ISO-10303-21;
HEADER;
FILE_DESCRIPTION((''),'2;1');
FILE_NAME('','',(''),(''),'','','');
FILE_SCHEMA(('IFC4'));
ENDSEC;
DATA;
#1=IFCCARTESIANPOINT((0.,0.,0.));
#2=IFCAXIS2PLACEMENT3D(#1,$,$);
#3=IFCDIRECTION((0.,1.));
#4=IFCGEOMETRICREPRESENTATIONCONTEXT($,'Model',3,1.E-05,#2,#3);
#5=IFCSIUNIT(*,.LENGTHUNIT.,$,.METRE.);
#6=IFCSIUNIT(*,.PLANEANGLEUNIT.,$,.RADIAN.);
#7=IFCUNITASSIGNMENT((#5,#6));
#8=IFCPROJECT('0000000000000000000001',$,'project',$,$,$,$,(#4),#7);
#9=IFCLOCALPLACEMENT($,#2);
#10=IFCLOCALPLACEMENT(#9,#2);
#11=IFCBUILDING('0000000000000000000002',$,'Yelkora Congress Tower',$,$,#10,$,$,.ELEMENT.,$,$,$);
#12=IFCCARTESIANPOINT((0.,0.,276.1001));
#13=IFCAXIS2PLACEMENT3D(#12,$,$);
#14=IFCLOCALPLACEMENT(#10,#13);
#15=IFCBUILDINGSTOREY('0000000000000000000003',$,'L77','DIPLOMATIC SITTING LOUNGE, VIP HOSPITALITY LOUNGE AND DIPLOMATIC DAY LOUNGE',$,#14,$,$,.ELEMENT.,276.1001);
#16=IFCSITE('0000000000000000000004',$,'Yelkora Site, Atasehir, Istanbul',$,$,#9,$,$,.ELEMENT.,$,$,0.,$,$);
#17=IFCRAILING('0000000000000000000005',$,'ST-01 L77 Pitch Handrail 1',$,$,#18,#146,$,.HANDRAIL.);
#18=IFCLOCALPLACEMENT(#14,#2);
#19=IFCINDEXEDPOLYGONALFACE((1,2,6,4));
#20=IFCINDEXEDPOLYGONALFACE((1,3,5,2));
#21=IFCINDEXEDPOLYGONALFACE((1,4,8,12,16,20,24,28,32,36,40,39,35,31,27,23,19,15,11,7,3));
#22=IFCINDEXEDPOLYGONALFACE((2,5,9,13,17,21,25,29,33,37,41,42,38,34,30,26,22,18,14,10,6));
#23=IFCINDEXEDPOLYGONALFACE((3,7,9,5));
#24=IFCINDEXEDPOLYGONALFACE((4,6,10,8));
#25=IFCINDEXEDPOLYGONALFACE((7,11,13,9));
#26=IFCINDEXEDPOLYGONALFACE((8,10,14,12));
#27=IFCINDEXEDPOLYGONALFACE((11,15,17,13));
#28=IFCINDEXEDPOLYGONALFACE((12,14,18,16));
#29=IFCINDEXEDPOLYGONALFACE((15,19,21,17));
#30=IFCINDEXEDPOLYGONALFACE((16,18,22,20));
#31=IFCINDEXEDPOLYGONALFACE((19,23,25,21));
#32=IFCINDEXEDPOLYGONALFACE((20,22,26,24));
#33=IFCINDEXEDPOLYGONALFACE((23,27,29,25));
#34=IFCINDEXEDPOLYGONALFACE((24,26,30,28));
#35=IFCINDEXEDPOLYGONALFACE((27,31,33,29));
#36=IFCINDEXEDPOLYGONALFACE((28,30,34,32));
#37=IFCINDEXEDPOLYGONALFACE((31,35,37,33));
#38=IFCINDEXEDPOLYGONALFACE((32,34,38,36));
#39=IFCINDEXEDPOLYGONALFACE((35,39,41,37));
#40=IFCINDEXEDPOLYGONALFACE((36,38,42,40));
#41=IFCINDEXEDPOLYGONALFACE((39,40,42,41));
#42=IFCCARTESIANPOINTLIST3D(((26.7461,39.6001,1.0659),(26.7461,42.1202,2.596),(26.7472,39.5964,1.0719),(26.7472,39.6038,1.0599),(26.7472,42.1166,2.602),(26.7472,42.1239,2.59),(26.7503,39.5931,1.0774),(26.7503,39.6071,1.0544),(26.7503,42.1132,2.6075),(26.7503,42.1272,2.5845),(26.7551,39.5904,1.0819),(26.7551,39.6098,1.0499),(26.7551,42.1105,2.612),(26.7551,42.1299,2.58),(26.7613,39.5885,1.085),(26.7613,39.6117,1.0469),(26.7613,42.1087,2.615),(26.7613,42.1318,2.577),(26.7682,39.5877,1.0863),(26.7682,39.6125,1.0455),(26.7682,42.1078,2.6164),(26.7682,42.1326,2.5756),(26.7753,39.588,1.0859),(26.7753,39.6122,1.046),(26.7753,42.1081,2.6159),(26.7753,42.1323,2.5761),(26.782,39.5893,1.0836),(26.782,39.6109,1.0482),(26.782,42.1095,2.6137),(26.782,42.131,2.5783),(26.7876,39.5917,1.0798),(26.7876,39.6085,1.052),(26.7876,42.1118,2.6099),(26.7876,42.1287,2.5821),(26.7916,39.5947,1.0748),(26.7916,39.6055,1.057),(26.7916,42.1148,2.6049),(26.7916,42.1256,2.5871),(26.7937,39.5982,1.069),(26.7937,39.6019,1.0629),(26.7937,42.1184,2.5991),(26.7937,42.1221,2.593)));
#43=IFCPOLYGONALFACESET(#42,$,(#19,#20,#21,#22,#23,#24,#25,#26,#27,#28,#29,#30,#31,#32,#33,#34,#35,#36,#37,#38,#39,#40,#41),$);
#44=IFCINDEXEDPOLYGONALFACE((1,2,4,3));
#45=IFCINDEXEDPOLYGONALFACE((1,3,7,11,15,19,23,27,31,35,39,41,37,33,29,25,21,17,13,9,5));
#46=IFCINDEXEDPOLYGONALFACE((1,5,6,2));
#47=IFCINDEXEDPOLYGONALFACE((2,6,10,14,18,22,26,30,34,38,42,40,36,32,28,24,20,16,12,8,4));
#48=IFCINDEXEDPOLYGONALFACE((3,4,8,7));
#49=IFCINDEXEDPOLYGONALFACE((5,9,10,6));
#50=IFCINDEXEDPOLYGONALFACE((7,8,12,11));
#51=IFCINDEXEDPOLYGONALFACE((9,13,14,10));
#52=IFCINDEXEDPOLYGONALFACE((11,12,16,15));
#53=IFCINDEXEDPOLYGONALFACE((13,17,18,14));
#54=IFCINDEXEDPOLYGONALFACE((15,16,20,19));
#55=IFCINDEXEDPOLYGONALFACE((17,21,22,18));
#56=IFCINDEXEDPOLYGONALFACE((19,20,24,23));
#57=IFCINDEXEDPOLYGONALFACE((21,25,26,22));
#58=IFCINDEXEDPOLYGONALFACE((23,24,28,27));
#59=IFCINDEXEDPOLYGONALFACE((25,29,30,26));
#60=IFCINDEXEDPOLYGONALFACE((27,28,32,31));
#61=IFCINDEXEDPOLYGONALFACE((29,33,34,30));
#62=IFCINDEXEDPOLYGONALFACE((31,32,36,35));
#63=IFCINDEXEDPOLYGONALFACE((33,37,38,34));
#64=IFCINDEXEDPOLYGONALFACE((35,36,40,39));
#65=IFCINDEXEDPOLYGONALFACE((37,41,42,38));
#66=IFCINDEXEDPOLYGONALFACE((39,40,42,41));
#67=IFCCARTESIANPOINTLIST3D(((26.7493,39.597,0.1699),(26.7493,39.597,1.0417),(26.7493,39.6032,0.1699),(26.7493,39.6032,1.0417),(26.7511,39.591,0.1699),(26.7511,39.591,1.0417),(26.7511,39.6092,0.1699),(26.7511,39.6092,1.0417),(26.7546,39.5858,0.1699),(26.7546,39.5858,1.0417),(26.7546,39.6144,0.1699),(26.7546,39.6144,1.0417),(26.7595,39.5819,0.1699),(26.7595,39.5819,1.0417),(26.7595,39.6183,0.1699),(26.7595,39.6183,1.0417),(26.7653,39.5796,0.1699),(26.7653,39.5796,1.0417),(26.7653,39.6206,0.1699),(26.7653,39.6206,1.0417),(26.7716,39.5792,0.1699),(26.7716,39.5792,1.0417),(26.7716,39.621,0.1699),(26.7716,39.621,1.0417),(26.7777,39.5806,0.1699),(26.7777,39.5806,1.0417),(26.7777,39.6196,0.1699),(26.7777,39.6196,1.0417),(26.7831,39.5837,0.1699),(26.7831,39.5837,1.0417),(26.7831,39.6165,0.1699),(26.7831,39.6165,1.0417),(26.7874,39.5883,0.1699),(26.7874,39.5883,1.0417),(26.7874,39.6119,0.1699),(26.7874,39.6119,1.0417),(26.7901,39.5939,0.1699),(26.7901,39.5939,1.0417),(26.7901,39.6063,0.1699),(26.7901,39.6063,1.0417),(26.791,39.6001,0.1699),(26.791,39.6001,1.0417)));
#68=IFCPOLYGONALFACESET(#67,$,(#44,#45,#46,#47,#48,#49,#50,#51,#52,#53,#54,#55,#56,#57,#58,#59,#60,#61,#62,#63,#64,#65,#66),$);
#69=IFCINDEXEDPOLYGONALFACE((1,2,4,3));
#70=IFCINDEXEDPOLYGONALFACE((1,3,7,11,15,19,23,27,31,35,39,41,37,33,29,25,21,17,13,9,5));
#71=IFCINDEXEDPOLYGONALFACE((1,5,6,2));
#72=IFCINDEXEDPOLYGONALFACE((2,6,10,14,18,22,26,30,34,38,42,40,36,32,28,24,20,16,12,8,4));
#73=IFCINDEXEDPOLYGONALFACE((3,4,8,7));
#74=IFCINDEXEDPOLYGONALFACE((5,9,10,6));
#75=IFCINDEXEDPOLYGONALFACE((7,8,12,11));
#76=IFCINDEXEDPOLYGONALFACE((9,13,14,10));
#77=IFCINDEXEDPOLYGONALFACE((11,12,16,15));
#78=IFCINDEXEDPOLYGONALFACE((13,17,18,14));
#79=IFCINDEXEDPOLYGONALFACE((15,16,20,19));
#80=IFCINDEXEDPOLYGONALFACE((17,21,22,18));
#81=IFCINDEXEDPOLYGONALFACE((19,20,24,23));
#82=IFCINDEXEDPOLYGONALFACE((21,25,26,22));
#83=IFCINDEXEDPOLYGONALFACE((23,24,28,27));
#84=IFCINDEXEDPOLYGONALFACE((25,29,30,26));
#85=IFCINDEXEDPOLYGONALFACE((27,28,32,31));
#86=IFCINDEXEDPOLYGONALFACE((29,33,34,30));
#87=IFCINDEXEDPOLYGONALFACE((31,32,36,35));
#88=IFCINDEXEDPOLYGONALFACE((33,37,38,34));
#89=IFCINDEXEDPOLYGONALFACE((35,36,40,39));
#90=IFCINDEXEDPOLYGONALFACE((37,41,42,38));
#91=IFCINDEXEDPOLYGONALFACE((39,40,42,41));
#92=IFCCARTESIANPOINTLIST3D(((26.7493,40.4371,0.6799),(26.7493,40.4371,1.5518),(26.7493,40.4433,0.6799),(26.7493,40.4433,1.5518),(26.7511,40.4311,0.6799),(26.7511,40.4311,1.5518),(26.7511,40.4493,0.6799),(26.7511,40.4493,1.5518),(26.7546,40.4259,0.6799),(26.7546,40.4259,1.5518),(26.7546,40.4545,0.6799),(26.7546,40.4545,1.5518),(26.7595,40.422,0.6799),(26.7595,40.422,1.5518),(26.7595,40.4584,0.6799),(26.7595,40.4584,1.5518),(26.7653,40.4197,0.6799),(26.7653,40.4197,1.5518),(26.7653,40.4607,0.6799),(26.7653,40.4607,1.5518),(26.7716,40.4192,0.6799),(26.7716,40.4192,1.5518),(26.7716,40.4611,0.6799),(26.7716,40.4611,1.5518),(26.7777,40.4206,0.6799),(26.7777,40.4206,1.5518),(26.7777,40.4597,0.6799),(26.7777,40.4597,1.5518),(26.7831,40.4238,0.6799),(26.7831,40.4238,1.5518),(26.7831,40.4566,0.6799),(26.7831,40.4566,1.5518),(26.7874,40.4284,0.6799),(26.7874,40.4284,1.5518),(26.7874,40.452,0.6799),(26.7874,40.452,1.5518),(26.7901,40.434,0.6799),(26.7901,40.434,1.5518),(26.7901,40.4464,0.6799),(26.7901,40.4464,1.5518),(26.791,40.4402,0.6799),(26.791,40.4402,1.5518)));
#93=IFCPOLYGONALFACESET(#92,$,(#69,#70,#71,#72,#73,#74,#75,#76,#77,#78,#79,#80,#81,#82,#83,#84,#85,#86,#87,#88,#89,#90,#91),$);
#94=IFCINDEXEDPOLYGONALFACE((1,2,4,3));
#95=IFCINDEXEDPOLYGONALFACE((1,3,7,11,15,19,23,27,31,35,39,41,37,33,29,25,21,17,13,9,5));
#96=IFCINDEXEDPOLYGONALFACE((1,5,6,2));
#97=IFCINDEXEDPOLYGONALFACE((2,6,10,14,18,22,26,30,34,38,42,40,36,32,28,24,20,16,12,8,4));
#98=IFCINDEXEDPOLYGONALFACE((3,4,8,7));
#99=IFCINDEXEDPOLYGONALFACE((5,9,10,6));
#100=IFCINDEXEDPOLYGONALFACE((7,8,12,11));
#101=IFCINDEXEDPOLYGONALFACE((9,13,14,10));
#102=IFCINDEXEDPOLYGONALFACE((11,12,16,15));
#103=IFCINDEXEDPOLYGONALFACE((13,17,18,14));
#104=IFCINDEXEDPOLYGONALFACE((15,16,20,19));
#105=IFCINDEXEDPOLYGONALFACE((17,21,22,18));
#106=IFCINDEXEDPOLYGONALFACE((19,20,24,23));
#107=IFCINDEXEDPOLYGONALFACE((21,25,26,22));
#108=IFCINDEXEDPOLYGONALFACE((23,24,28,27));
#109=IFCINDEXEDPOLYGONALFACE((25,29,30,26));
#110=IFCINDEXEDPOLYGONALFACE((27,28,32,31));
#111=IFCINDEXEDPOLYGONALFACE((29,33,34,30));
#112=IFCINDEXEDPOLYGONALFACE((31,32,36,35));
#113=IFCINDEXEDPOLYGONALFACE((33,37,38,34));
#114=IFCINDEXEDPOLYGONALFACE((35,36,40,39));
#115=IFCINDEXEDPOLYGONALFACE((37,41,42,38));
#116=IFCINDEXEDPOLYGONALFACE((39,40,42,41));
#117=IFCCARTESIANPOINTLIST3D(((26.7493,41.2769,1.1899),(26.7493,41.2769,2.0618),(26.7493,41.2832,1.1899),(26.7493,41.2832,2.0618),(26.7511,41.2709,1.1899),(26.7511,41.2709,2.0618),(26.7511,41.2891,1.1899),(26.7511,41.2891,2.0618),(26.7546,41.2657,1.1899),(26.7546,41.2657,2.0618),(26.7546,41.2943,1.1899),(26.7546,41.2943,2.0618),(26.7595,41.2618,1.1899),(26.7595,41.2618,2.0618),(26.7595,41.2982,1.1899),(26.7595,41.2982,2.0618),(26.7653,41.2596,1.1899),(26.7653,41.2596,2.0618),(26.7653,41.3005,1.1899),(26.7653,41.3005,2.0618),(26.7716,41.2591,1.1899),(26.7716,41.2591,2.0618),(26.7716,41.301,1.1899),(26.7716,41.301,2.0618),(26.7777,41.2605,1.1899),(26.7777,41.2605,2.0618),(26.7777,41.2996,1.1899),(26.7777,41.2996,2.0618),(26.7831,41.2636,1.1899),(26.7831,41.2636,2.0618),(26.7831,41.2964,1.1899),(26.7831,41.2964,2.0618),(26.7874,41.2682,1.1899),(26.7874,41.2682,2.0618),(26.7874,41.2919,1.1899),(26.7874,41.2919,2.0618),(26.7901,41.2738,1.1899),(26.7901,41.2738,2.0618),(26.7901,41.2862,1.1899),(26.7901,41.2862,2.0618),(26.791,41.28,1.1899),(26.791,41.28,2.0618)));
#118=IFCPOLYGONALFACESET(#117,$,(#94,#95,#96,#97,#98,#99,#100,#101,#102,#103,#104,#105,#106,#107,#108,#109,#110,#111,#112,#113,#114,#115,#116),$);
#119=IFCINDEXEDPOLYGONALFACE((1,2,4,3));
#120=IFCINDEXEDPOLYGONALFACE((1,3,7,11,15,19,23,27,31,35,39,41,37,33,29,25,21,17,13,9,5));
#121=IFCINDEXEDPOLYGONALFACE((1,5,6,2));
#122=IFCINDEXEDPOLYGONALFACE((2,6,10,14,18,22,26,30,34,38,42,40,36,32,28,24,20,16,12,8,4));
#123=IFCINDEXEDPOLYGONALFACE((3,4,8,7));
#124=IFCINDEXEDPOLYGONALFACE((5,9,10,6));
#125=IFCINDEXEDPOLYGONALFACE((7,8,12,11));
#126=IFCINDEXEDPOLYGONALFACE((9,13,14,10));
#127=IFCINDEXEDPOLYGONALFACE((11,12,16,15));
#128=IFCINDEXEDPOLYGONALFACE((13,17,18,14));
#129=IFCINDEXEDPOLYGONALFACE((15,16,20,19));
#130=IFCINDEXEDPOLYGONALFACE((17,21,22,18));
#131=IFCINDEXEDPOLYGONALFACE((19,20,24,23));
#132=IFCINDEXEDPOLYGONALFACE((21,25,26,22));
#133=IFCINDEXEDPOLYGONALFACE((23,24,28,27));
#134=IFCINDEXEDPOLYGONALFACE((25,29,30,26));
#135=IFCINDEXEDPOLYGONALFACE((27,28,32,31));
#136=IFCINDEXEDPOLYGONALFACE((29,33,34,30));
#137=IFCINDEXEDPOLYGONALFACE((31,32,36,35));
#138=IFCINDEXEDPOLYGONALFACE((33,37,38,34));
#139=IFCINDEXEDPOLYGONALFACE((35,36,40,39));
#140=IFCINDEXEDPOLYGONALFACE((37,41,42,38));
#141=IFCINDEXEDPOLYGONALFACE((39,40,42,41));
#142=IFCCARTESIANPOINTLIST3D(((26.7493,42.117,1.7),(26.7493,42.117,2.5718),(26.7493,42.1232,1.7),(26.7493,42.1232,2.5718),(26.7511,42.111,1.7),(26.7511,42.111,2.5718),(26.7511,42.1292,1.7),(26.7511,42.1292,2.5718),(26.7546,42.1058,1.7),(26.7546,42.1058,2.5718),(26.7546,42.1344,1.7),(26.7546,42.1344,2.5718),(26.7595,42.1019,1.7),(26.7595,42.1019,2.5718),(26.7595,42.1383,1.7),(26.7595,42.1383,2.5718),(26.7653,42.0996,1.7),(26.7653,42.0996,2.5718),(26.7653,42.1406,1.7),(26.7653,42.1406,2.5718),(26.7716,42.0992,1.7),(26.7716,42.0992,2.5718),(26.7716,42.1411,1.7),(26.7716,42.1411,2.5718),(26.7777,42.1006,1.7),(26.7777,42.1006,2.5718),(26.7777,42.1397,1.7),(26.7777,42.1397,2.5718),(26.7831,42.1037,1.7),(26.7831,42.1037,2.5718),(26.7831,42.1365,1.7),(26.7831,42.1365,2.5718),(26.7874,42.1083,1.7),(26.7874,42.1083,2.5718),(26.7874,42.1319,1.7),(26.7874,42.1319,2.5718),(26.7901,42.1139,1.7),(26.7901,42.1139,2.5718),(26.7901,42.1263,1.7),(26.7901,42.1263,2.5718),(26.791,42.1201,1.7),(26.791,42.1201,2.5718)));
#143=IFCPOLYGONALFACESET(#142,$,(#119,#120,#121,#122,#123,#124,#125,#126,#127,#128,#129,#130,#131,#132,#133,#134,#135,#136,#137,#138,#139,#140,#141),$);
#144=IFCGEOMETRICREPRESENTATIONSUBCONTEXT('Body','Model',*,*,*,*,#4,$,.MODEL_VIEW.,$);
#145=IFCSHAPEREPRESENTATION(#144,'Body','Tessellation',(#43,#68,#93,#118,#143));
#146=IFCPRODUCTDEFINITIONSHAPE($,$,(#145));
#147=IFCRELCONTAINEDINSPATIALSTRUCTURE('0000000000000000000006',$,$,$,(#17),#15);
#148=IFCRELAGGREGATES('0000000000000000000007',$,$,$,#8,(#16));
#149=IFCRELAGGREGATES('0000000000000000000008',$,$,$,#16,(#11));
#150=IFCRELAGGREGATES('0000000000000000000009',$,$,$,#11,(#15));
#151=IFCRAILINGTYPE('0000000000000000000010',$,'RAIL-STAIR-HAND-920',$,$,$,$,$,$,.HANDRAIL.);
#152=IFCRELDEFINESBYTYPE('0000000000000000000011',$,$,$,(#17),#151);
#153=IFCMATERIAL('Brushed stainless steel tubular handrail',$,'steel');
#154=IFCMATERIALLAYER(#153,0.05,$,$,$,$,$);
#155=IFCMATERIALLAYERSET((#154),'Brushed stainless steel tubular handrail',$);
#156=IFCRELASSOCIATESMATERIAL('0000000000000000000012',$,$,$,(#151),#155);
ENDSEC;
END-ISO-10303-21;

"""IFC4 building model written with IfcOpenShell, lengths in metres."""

from ifc_helpers import new_model, si_unit, direction, frame, origin, origin_2d, place, context, subcontext, project, spatial, circle, extrude, material, layer, layer_set, type_object, element, save


model = new_model("IFC4")

# Units and contexts
model_context = context("Model", 3, precision=1e-05, world=origin(), true_north=direction((0.0, 1.0)))
body_context = subcontext(model_context, "Body", "Model", "MODEL_VIEW")
ifc_project = project(units=[si_unit("LENGTHUNIT", "METRE"), si_unit("PLANEANGLEUNIT", "RADIAN")], contexts=[model_context])

# Site, building, storey
site_placement = place(None, origin())
site = spatial("IfcSite", under=ifc_project, at=site_placement, Name="Yelkora Site, Atasehir, Istanbul", CompositionType="ELEMENT", RefElevation=0.0)
building_placement = place(site_placement, origin())
building = spatial("IfcBuilding", under=site, at=building_placement, Name="Yelkora Congress Tower", CompositionType="ELEMENT")
storey_placement = place(building_placement, frame((0.0, 0.0, 276.1001)))
storey = spatial("IfcBuildingStorey", under=building, at=storey_placement, Name="L77", Description="DIPLOMATIC SITTING LOUNGE, VIP HOSPITALITY LOUNGE AND DIPLOMATIC DAY LOUNGE", CompositionType="ELEMENT", Elevation=276.1001)

# Railing
ifc_material_1 = material(Name="Brushed stainless steel tubular handrail", Category="steel")
ifc_layer_1 = layer(ifc_material_1, 0.05)
ifc_layer_set_1 = layer_set([ifc_layer_1], Name="Brushed stainless steel tubular handrail")
railing_type_1 = type_object("IfcRailingType", Name="RAIL-STAIR-HAND-920", PredefinedType="HANDRAIL", material=ifc_layer_set_1)
railing_1_placement = place(storey_placement, frame((26.77, 39.6001, 0.1699)))
element("IfcRailing", 1, at=railing_1_placement, inside=storey, type_object=railing_type_1, Name="ST-01 L77 Pitch Handrail 1", PredefinedType="HANDRAIL", context=body_context, shape_type="SweptSolid", body=[
    extrude(circle(Radius=0.0239, at=origin_2d()), frame((0.0, 0.0, 0.896), z_axis=(0.0, 0.854785, 0.518982), x_axis=(-1.0, 0.0, 0.0)), (0.0, 0.0, 1.0), 2.9482),
    extrude(circle(Radius=0.021, at=origin_2d()), origin(), (0.0, 0.0, 1.0), 0.8718),
    extrude(circle(Radius=0.021, at=origin_2d()), frame((0.0, 0.8401, 0.51)), (0.0, 0.0, 1.0), 0.8718),
    extrude(circle(Radius=0.021, at=origin_2d()), frame((0.0, 1.6799, 1.02)), (0.0, 0.0, 1.0), 0.8718),
    extrude(circle(Radius=0.021, at=origin_2d()), frame((0.0, 2.52, 1.53)), (0.0, 0.0, 1.0), 0.8718),
])

save(model, "model.ifc")
